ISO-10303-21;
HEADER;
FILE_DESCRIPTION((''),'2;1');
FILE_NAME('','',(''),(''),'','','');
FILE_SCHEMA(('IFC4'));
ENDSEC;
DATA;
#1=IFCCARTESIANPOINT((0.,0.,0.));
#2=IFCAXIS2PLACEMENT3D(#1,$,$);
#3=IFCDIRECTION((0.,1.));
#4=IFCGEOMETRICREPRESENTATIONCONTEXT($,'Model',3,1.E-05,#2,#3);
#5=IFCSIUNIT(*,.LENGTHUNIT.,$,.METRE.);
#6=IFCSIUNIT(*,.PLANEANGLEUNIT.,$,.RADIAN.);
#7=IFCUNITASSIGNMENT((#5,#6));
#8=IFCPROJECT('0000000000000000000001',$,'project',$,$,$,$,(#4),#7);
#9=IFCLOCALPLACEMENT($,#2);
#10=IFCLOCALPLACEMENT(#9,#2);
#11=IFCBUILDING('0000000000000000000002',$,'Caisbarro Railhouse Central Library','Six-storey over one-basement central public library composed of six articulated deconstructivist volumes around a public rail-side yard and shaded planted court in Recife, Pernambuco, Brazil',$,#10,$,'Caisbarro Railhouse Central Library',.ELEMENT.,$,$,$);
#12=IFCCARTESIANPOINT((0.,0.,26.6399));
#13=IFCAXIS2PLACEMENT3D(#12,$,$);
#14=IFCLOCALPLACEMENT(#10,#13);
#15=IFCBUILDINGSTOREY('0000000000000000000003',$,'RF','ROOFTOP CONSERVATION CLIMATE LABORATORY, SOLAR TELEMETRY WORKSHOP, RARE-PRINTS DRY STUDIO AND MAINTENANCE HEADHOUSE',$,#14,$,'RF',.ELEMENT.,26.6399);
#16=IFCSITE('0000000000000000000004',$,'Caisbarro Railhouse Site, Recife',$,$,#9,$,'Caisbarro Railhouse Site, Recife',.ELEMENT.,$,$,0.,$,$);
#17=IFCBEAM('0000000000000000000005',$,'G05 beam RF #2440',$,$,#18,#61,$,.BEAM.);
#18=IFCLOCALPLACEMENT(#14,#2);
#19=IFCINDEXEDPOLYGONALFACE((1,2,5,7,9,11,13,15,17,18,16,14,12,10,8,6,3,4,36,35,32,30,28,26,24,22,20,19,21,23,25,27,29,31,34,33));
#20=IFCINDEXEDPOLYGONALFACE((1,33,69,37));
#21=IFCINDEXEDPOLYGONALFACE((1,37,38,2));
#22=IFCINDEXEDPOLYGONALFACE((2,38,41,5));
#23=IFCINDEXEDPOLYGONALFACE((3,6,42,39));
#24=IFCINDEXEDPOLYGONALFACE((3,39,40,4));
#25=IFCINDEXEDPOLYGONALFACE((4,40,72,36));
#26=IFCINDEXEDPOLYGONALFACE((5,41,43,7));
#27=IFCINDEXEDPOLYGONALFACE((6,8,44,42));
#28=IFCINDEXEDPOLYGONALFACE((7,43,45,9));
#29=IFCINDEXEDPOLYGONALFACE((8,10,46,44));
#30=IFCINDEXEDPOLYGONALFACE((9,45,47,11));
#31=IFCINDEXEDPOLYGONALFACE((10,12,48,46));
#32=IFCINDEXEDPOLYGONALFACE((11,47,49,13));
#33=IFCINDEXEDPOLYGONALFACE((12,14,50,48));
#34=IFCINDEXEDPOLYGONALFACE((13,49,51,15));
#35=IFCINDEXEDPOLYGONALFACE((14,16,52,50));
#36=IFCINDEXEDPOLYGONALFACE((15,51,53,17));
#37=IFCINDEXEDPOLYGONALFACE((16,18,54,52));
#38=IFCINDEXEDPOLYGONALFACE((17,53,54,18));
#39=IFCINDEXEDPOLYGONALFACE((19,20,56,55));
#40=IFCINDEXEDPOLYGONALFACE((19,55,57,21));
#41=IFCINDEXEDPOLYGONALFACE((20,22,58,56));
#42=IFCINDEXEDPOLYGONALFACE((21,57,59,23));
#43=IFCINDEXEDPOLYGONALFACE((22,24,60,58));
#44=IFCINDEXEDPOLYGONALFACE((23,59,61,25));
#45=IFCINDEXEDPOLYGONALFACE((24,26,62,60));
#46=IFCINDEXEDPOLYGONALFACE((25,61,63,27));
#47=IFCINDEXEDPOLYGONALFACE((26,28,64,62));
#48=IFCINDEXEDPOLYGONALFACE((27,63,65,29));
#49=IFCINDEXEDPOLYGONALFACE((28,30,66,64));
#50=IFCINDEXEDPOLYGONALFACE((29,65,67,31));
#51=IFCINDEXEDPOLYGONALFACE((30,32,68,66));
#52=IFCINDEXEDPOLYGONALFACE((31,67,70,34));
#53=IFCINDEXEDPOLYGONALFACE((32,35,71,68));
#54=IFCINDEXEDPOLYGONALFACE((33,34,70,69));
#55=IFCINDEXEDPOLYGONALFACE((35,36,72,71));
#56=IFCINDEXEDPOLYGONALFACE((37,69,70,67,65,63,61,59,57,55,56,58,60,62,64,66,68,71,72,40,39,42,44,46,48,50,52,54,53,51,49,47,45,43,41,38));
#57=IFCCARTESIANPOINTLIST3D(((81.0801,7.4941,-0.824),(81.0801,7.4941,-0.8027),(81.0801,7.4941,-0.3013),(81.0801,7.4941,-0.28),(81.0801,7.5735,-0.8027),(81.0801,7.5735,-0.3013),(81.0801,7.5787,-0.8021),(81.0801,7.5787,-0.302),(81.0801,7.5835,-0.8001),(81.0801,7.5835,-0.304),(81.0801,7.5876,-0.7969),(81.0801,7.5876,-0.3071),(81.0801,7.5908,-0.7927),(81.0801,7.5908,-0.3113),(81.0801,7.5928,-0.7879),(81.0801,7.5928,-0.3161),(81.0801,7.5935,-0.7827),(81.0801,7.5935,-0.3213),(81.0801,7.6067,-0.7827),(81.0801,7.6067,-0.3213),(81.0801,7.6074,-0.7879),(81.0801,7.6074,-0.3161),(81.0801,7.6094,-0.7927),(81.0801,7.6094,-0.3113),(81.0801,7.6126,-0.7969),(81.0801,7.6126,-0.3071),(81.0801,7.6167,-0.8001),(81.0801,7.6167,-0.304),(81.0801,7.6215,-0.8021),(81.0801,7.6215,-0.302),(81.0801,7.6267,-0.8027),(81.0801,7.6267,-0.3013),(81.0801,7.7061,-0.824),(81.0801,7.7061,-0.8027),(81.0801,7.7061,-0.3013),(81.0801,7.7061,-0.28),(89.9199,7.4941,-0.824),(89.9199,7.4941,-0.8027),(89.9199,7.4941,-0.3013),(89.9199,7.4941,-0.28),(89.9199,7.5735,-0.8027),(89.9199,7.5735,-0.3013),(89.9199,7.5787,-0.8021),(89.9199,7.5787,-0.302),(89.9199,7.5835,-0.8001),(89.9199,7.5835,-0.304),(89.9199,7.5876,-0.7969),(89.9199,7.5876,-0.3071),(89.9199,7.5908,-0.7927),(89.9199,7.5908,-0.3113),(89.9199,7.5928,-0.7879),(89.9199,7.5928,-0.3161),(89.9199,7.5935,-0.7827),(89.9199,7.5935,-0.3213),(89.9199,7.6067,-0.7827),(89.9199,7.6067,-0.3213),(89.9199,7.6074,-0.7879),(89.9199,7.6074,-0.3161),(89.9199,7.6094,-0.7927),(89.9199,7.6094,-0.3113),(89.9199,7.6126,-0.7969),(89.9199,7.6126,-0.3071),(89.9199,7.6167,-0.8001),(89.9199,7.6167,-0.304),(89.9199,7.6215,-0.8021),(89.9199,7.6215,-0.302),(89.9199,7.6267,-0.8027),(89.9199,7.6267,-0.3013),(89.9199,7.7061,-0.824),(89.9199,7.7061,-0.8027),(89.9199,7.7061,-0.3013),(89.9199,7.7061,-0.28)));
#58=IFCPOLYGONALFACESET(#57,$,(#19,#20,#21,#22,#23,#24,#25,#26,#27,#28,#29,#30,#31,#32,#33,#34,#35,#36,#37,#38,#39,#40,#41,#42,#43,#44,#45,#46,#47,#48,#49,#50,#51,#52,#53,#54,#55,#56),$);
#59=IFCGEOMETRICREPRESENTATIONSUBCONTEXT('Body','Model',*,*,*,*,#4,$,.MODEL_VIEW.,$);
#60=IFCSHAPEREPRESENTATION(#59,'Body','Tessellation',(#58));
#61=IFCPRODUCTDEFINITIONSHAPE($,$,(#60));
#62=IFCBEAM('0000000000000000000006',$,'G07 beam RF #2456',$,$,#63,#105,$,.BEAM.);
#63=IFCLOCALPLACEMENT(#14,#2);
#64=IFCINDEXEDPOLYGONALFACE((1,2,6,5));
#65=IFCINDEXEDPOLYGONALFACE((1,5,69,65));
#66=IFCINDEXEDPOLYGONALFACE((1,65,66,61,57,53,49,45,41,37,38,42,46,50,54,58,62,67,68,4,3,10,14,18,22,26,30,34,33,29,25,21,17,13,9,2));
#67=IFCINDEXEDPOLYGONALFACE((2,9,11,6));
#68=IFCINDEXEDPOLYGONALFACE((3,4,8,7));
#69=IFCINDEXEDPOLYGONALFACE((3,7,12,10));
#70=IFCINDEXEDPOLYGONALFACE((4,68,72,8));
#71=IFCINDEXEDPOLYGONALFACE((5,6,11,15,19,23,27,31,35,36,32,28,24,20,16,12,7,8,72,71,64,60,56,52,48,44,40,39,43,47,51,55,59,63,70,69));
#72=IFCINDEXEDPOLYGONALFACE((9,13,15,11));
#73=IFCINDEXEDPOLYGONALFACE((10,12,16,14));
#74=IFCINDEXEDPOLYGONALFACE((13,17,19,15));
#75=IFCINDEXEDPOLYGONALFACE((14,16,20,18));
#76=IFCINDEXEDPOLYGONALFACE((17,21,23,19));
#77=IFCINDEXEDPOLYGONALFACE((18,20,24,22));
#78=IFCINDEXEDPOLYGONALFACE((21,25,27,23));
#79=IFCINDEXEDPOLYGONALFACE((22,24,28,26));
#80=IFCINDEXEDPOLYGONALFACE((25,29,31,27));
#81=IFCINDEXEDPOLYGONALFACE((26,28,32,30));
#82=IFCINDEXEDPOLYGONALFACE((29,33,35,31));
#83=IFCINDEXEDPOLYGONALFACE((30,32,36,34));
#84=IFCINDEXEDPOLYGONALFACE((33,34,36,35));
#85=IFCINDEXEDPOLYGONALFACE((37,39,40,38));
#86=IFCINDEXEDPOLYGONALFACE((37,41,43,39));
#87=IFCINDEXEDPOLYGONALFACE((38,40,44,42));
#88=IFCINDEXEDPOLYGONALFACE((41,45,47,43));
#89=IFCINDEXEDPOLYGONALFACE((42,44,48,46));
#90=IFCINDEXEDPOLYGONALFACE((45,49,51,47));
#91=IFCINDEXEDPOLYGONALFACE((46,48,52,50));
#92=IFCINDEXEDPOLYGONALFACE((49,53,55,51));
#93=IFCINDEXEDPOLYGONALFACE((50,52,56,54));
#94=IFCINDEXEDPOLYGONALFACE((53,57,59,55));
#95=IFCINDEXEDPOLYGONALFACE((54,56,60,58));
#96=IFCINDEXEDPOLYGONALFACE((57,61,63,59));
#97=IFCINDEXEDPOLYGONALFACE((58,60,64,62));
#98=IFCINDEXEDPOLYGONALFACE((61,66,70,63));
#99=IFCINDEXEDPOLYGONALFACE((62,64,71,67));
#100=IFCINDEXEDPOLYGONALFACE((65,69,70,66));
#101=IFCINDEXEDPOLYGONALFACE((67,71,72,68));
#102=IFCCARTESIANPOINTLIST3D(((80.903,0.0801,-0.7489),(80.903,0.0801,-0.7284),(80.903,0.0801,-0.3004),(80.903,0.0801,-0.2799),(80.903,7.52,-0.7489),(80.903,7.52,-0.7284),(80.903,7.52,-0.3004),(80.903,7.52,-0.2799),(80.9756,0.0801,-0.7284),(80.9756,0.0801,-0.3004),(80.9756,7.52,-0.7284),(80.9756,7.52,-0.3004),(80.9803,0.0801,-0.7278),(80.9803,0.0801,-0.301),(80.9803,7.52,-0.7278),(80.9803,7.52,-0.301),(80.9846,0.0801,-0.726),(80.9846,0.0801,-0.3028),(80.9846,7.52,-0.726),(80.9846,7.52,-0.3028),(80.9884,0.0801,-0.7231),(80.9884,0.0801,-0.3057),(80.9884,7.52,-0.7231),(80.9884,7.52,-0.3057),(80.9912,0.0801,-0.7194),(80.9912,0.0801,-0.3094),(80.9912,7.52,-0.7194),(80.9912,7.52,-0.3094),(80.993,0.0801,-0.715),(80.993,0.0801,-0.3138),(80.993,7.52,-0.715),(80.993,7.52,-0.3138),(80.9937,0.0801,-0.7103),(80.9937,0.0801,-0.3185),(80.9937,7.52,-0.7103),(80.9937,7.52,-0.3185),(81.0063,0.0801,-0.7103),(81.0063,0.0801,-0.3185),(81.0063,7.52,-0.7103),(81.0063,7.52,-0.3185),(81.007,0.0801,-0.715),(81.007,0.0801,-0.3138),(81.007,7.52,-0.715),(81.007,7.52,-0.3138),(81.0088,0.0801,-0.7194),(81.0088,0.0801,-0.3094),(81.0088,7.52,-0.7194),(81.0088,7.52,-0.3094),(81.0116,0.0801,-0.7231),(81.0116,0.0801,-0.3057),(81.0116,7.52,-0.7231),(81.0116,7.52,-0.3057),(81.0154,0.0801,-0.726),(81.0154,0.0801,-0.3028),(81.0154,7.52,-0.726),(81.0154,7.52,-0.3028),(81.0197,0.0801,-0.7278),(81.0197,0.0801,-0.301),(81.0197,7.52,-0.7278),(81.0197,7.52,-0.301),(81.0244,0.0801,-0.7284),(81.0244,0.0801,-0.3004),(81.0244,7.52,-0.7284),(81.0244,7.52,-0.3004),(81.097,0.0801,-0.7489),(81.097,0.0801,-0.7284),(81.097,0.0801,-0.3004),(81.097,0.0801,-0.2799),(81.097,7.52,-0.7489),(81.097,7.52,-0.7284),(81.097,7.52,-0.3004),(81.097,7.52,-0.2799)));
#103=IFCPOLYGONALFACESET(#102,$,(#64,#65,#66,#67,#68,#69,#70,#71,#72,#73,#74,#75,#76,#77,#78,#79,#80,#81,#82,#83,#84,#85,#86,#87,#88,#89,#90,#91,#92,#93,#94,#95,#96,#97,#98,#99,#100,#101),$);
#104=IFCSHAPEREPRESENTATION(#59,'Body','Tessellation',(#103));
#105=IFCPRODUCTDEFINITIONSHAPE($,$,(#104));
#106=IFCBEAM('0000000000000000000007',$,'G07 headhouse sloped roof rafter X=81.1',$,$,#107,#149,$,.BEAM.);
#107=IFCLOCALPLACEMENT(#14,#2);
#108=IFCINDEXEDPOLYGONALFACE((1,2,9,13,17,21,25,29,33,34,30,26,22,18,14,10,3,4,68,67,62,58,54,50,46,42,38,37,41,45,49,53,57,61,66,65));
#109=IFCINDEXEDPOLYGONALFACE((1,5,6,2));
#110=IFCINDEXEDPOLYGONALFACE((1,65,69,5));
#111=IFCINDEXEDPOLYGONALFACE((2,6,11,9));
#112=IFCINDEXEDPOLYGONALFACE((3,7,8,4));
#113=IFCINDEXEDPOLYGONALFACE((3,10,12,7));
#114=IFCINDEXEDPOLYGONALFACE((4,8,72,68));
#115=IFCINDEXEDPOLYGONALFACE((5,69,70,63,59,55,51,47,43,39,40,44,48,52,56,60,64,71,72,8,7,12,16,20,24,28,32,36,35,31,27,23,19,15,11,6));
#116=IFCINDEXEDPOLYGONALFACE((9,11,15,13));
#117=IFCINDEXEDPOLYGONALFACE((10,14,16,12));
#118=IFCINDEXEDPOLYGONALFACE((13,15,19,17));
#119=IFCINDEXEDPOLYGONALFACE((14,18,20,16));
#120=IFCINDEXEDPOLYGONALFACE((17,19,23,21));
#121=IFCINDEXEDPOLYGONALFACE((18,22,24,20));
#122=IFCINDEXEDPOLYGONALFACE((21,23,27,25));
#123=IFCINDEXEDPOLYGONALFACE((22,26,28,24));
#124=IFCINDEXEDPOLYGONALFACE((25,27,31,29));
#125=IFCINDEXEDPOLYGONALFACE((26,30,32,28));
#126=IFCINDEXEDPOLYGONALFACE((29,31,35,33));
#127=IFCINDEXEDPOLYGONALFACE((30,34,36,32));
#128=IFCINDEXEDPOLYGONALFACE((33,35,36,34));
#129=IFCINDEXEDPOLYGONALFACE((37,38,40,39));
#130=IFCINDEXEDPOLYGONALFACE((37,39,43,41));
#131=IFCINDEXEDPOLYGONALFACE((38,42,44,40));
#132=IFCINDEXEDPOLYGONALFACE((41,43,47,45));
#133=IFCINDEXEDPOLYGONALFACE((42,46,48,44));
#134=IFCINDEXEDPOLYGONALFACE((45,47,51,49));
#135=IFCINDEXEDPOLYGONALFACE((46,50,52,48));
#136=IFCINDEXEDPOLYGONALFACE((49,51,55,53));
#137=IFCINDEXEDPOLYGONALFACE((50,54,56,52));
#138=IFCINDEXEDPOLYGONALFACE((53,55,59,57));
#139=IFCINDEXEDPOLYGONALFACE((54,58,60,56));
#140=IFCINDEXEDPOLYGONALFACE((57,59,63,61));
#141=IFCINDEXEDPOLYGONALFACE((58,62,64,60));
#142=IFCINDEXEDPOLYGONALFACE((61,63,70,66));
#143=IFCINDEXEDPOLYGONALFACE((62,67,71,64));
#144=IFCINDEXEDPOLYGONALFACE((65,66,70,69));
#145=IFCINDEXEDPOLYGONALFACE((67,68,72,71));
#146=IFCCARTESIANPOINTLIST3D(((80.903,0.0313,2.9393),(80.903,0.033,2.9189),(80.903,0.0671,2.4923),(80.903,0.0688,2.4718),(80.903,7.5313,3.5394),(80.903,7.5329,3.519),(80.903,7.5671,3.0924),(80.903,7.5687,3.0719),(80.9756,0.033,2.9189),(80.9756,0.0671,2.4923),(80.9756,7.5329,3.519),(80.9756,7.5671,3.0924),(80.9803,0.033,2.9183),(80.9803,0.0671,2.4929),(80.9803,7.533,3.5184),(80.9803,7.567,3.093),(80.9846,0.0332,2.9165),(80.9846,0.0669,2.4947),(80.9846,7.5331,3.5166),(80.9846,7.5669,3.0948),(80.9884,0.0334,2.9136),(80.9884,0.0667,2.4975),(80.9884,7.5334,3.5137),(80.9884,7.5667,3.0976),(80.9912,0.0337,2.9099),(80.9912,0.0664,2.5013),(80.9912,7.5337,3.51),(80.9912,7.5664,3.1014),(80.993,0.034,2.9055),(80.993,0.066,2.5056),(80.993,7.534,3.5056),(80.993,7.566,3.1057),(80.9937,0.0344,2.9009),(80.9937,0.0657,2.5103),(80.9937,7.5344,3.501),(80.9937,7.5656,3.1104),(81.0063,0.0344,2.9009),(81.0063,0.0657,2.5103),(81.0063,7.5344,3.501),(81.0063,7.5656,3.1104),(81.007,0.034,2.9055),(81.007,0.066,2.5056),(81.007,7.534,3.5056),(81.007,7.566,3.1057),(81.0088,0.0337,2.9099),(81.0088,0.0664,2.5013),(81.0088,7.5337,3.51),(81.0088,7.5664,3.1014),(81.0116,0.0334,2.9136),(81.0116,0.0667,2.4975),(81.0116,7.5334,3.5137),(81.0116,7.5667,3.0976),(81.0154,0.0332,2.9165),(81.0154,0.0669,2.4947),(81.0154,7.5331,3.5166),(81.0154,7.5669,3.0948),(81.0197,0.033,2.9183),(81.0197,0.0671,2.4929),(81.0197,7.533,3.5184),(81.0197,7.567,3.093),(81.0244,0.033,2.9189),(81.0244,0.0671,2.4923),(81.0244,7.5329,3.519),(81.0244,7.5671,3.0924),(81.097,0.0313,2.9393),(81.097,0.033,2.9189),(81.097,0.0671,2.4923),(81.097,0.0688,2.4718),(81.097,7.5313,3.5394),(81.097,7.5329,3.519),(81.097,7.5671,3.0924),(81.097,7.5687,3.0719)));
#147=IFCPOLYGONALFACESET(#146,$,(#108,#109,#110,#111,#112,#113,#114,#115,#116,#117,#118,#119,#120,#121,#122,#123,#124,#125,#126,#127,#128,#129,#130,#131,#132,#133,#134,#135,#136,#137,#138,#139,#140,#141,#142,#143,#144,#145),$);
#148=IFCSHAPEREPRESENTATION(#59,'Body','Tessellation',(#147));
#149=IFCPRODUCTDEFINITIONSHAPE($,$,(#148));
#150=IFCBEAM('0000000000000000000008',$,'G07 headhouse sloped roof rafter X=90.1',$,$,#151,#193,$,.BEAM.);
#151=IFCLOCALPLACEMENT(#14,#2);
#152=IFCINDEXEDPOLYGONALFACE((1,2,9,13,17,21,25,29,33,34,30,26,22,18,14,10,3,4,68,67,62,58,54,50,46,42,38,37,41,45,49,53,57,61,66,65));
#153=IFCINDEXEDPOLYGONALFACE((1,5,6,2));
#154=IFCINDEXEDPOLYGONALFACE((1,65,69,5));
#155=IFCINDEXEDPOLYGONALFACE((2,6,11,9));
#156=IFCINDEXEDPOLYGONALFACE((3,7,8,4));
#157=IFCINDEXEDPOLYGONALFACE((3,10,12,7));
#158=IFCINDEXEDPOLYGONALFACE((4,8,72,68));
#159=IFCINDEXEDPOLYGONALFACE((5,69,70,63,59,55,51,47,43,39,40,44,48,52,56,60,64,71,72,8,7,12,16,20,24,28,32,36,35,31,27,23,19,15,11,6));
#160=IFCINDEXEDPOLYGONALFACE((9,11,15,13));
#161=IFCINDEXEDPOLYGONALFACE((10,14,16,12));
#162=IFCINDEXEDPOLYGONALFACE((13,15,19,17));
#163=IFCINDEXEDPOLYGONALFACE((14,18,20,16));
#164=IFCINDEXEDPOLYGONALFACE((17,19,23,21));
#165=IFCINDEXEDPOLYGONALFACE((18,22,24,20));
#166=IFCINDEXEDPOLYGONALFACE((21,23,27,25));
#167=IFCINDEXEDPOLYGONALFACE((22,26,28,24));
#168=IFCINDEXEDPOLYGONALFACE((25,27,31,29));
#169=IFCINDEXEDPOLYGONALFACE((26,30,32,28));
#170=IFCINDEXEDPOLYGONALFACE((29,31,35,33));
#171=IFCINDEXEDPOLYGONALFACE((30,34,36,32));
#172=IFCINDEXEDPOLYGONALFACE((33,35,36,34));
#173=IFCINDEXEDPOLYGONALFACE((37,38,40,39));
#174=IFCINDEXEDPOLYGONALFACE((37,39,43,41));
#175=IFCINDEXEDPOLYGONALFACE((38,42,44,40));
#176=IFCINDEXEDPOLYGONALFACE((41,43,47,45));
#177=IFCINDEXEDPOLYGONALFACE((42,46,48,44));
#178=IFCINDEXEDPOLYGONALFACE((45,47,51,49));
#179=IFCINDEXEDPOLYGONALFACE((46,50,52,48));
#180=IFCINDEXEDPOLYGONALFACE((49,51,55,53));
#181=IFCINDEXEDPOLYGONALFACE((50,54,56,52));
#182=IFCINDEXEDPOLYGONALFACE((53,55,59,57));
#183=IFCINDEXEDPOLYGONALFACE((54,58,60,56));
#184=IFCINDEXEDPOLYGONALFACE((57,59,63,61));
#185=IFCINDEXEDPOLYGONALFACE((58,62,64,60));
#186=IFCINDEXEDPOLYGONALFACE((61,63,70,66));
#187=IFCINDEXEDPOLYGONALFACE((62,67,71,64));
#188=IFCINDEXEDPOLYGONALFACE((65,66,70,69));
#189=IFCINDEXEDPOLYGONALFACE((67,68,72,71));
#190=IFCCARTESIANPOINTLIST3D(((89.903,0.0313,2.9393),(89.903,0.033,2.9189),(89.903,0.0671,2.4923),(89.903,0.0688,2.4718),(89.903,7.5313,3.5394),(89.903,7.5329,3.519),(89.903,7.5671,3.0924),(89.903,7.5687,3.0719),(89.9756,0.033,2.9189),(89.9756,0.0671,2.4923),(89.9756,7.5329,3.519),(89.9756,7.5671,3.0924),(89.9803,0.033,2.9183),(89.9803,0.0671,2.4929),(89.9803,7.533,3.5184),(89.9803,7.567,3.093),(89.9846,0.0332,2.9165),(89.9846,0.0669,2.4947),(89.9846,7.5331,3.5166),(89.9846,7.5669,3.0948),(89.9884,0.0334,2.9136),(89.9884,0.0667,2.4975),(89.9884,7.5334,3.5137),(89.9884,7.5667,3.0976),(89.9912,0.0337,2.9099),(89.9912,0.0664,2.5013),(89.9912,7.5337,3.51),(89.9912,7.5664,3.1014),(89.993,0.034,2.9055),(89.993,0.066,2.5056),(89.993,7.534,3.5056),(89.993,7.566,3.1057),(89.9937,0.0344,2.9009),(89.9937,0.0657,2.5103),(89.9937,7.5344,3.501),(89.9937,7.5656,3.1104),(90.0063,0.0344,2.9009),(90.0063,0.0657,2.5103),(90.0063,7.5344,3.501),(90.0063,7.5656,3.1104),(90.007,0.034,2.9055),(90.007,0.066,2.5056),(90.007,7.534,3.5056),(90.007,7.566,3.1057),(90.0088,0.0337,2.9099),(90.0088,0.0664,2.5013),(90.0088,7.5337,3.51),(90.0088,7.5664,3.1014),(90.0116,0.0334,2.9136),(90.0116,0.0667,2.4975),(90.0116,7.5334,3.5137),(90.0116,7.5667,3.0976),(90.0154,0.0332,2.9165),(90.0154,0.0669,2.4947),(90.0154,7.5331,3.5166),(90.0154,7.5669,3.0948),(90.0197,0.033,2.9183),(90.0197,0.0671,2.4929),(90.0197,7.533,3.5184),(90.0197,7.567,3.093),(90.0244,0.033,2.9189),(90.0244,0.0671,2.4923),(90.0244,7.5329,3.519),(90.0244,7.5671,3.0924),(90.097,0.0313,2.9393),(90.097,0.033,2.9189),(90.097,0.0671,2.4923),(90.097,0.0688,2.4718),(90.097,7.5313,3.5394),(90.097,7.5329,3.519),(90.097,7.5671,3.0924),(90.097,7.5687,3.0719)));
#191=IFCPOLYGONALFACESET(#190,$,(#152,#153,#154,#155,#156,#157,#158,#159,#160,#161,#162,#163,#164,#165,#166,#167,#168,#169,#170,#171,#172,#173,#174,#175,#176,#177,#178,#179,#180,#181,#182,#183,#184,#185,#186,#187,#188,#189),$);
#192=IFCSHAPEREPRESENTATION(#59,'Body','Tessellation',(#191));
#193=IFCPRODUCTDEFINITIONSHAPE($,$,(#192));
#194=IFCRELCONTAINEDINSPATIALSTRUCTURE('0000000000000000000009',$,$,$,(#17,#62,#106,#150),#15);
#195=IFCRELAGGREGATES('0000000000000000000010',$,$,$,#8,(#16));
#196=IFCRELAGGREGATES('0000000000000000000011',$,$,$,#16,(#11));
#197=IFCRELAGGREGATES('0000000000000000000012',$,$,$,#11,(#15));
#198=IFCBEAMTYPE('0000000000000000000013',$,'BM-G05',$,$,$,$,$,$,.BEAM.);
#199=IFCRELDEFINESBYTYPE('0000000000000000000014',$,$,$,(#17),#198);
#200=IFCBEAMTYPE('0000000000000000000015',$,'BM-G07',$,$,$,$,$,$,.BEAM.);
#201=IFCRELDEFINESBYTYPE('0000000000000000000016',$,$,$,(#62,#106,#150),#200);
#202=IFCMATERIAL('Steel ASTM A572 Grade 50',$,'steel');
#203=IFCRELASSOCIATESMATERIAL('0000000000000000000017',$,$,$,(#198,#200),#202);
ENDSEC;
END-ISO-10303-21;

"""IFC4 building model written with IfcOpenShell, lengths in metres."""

from ifc_helpers import new_model, si_unit, direction, frame, origin, origin_2d, place, context, subcontext, project, spatial, i_section, extrude, material, material_profile, profile_set, type_object, element, save


model = new_model("IFC4")

# Units and contexts
model_context = context("Model", 3, precision=1e-05, world=origin(), true_north=direction((0.0, 1.0)))
body_context = subcontext(model_context, "Body", "Model", "MODEL_VIEW")
ifc_project = project(units=[si_unit("LENGTHUNIT", "METRE"), si_unit("PLANEANGLEUNIT", "RADIAN")], contexts=[model_context])

# Site, building, storey
site_placement = place(None, origin())
site = spatial("IfcSite", under=ifc_project, at=site_placement, Name="Caisbarro Railhouse Site, Recife", LongName="Caisbarro Railhouse Site, Recife", CompositionType="ELEMENT", RefElevation=0.0)
building_placement = place(site_placement, origin())
building = spatial("IfcBuilding", under=site, at=building_placement, Name="Caisbarro Railhouse Central Library", Description="Six-storey over one-basement central public library composed of six articulated deconstructivist volumes around a public rail-side yard and shaded planted court in Recife, Pernambuco, Brazil", LongName="Caisbarro Railhouse Central Library", CompositionType="ELEMENT")
storey_placement = place(building_placement, frame((0.0, 0.0, 26.6399)))
storey = spatial("IfcBuildingStorey", under=building, at=storey_placement, Name="RF", Description="ROOFTOP CONSERVATION CLIMATE LABORATORY, SOLAR TELEMETRY WORKSHOP, RARE-PRINTS DRY STUDIO AND MAINTENANCE HEADHOUSE", LongName="RF", CompositionType="ELEMENT", Elevation=26.6399)

# Shared definitions
ifc_material_1 = material(Name="Steel ASTM A572 Grade 50", Category="steel")

# Beams
ifc_material_profile_1 = material_profile(ifc_material_1, i_section(OverallWidth=0.2119, OverallDepth=0.5439, WebThickness=0.0132, FlangeThickness=0.0212, FilletRadius=0.02, at=origin_2d()), Name="W530X123.0")
ifc_profile_set_1 = profile_set([ifc_material_profile_1], Name="Steel ASTM A572 Grade 50")
beam_type_1 = type_object("IfcBeamType", Name="BM-G05", PredefinedType="BEAM", material=ifc_profile_set_1)
for number, where, z_axis, x_axis, name in (
    (1, (81.0801, 7.6001, -0.552), (1.0, 0.0, 0.0), (0.0, 1.0, 0.0), "G05 beam RF #2440"),
):
    element("IfcBeam", number, at=place(storey_placement, frame(where, z_axis=z_axis, x_axis=x_axis)), inside=storey, type_object=beam_type_1, Name=name, PredefinedType="BEAM", context=body_context, shape_type="SweptSolid", body=[
        extrude(i_section(OverallWidth=0.2119, OverallDepth=0.5439, WebThickness=0.0132, FlangeThickness=0.0212, FilletRadius=0.02, at=origin_2d()), origin(), (0.0, 0.0, 1.0), 8.8398),
    ])
ifc_material_profile_2 = material_profile(ifc_material_1, i_section(OverallWidth=0.1941, OverallDepth=0.469, WebThickness=0.0127, FlangeThickness=0.0205, FilletRadius=0.0181, at=origin_2d()), Name="W460X106.0")
ifc_profile_set_2 = profile_set([ifc_material_profile_2], Name="Steel ASTM A572 Grade 50")
beam_type_2 = type_object("IfcBeamType", Name="BM-G07", PredefinedType="BEAM", material=ifc_profile_set_2)
beam_placement = place(storey_placement, frame((81.0, 0.0801, -0.5144), z_axis=(0.0, 1.0, 0.0), x_axis=(-1.0, 0.0, 0.0)))
element("IfcBeam", 2, at=beam_placement, inside=storey, type_object=beam_type_2, Name="G07 beam RF #2456", PredefinedType="BEAM", context=body_context, shape_type="SweptSolid", body=[
    extrude(i_section(OverallWidth=0.1941, OverallDepth=0.469, WebThickness=0.0127, FlangeThickness=0.0205, FilletRadius=0.0181, at=origin_2d()), origin(), (0.0, 0.0, 1.0), 7.4399),
])
for number, where, z_axis, x_axis, name in (
    (3, (81.0, 0.05, 2.7056), (0.0, 0.996814, 0.079758), (-1.0, 0.0, 0.0), "G07 headhouse sloped roof rafter X=81.1"),
    (4, (90.0, 0.05, 2.7056), (0.0, 0.996814, 0.079758), (-1.0, 0.0, 0.0), "G07 headhouse sloped roof rafter X=90.1"),
):
    element("IfcBeam", number, at=place(storey_placement, frame(where, z_axis=z_axis, x_axis=x_axis)), inside=storey, type_object=beam_type_2, Name=name, PredefinedType="BEAM", context=body_context, shape_type="SweptSolid", body=[
        extrude(i_section(OverallWidth=0.1941, OverallDepth=0.469, WebThickness=0.0127, FlangeThickness=0.0205, FilletRadius=0.0181, at=origin_2d()), origin(), (0.0, 0.0, 1.0), 7.5239),
    ])

save(model, "model.ifc")
